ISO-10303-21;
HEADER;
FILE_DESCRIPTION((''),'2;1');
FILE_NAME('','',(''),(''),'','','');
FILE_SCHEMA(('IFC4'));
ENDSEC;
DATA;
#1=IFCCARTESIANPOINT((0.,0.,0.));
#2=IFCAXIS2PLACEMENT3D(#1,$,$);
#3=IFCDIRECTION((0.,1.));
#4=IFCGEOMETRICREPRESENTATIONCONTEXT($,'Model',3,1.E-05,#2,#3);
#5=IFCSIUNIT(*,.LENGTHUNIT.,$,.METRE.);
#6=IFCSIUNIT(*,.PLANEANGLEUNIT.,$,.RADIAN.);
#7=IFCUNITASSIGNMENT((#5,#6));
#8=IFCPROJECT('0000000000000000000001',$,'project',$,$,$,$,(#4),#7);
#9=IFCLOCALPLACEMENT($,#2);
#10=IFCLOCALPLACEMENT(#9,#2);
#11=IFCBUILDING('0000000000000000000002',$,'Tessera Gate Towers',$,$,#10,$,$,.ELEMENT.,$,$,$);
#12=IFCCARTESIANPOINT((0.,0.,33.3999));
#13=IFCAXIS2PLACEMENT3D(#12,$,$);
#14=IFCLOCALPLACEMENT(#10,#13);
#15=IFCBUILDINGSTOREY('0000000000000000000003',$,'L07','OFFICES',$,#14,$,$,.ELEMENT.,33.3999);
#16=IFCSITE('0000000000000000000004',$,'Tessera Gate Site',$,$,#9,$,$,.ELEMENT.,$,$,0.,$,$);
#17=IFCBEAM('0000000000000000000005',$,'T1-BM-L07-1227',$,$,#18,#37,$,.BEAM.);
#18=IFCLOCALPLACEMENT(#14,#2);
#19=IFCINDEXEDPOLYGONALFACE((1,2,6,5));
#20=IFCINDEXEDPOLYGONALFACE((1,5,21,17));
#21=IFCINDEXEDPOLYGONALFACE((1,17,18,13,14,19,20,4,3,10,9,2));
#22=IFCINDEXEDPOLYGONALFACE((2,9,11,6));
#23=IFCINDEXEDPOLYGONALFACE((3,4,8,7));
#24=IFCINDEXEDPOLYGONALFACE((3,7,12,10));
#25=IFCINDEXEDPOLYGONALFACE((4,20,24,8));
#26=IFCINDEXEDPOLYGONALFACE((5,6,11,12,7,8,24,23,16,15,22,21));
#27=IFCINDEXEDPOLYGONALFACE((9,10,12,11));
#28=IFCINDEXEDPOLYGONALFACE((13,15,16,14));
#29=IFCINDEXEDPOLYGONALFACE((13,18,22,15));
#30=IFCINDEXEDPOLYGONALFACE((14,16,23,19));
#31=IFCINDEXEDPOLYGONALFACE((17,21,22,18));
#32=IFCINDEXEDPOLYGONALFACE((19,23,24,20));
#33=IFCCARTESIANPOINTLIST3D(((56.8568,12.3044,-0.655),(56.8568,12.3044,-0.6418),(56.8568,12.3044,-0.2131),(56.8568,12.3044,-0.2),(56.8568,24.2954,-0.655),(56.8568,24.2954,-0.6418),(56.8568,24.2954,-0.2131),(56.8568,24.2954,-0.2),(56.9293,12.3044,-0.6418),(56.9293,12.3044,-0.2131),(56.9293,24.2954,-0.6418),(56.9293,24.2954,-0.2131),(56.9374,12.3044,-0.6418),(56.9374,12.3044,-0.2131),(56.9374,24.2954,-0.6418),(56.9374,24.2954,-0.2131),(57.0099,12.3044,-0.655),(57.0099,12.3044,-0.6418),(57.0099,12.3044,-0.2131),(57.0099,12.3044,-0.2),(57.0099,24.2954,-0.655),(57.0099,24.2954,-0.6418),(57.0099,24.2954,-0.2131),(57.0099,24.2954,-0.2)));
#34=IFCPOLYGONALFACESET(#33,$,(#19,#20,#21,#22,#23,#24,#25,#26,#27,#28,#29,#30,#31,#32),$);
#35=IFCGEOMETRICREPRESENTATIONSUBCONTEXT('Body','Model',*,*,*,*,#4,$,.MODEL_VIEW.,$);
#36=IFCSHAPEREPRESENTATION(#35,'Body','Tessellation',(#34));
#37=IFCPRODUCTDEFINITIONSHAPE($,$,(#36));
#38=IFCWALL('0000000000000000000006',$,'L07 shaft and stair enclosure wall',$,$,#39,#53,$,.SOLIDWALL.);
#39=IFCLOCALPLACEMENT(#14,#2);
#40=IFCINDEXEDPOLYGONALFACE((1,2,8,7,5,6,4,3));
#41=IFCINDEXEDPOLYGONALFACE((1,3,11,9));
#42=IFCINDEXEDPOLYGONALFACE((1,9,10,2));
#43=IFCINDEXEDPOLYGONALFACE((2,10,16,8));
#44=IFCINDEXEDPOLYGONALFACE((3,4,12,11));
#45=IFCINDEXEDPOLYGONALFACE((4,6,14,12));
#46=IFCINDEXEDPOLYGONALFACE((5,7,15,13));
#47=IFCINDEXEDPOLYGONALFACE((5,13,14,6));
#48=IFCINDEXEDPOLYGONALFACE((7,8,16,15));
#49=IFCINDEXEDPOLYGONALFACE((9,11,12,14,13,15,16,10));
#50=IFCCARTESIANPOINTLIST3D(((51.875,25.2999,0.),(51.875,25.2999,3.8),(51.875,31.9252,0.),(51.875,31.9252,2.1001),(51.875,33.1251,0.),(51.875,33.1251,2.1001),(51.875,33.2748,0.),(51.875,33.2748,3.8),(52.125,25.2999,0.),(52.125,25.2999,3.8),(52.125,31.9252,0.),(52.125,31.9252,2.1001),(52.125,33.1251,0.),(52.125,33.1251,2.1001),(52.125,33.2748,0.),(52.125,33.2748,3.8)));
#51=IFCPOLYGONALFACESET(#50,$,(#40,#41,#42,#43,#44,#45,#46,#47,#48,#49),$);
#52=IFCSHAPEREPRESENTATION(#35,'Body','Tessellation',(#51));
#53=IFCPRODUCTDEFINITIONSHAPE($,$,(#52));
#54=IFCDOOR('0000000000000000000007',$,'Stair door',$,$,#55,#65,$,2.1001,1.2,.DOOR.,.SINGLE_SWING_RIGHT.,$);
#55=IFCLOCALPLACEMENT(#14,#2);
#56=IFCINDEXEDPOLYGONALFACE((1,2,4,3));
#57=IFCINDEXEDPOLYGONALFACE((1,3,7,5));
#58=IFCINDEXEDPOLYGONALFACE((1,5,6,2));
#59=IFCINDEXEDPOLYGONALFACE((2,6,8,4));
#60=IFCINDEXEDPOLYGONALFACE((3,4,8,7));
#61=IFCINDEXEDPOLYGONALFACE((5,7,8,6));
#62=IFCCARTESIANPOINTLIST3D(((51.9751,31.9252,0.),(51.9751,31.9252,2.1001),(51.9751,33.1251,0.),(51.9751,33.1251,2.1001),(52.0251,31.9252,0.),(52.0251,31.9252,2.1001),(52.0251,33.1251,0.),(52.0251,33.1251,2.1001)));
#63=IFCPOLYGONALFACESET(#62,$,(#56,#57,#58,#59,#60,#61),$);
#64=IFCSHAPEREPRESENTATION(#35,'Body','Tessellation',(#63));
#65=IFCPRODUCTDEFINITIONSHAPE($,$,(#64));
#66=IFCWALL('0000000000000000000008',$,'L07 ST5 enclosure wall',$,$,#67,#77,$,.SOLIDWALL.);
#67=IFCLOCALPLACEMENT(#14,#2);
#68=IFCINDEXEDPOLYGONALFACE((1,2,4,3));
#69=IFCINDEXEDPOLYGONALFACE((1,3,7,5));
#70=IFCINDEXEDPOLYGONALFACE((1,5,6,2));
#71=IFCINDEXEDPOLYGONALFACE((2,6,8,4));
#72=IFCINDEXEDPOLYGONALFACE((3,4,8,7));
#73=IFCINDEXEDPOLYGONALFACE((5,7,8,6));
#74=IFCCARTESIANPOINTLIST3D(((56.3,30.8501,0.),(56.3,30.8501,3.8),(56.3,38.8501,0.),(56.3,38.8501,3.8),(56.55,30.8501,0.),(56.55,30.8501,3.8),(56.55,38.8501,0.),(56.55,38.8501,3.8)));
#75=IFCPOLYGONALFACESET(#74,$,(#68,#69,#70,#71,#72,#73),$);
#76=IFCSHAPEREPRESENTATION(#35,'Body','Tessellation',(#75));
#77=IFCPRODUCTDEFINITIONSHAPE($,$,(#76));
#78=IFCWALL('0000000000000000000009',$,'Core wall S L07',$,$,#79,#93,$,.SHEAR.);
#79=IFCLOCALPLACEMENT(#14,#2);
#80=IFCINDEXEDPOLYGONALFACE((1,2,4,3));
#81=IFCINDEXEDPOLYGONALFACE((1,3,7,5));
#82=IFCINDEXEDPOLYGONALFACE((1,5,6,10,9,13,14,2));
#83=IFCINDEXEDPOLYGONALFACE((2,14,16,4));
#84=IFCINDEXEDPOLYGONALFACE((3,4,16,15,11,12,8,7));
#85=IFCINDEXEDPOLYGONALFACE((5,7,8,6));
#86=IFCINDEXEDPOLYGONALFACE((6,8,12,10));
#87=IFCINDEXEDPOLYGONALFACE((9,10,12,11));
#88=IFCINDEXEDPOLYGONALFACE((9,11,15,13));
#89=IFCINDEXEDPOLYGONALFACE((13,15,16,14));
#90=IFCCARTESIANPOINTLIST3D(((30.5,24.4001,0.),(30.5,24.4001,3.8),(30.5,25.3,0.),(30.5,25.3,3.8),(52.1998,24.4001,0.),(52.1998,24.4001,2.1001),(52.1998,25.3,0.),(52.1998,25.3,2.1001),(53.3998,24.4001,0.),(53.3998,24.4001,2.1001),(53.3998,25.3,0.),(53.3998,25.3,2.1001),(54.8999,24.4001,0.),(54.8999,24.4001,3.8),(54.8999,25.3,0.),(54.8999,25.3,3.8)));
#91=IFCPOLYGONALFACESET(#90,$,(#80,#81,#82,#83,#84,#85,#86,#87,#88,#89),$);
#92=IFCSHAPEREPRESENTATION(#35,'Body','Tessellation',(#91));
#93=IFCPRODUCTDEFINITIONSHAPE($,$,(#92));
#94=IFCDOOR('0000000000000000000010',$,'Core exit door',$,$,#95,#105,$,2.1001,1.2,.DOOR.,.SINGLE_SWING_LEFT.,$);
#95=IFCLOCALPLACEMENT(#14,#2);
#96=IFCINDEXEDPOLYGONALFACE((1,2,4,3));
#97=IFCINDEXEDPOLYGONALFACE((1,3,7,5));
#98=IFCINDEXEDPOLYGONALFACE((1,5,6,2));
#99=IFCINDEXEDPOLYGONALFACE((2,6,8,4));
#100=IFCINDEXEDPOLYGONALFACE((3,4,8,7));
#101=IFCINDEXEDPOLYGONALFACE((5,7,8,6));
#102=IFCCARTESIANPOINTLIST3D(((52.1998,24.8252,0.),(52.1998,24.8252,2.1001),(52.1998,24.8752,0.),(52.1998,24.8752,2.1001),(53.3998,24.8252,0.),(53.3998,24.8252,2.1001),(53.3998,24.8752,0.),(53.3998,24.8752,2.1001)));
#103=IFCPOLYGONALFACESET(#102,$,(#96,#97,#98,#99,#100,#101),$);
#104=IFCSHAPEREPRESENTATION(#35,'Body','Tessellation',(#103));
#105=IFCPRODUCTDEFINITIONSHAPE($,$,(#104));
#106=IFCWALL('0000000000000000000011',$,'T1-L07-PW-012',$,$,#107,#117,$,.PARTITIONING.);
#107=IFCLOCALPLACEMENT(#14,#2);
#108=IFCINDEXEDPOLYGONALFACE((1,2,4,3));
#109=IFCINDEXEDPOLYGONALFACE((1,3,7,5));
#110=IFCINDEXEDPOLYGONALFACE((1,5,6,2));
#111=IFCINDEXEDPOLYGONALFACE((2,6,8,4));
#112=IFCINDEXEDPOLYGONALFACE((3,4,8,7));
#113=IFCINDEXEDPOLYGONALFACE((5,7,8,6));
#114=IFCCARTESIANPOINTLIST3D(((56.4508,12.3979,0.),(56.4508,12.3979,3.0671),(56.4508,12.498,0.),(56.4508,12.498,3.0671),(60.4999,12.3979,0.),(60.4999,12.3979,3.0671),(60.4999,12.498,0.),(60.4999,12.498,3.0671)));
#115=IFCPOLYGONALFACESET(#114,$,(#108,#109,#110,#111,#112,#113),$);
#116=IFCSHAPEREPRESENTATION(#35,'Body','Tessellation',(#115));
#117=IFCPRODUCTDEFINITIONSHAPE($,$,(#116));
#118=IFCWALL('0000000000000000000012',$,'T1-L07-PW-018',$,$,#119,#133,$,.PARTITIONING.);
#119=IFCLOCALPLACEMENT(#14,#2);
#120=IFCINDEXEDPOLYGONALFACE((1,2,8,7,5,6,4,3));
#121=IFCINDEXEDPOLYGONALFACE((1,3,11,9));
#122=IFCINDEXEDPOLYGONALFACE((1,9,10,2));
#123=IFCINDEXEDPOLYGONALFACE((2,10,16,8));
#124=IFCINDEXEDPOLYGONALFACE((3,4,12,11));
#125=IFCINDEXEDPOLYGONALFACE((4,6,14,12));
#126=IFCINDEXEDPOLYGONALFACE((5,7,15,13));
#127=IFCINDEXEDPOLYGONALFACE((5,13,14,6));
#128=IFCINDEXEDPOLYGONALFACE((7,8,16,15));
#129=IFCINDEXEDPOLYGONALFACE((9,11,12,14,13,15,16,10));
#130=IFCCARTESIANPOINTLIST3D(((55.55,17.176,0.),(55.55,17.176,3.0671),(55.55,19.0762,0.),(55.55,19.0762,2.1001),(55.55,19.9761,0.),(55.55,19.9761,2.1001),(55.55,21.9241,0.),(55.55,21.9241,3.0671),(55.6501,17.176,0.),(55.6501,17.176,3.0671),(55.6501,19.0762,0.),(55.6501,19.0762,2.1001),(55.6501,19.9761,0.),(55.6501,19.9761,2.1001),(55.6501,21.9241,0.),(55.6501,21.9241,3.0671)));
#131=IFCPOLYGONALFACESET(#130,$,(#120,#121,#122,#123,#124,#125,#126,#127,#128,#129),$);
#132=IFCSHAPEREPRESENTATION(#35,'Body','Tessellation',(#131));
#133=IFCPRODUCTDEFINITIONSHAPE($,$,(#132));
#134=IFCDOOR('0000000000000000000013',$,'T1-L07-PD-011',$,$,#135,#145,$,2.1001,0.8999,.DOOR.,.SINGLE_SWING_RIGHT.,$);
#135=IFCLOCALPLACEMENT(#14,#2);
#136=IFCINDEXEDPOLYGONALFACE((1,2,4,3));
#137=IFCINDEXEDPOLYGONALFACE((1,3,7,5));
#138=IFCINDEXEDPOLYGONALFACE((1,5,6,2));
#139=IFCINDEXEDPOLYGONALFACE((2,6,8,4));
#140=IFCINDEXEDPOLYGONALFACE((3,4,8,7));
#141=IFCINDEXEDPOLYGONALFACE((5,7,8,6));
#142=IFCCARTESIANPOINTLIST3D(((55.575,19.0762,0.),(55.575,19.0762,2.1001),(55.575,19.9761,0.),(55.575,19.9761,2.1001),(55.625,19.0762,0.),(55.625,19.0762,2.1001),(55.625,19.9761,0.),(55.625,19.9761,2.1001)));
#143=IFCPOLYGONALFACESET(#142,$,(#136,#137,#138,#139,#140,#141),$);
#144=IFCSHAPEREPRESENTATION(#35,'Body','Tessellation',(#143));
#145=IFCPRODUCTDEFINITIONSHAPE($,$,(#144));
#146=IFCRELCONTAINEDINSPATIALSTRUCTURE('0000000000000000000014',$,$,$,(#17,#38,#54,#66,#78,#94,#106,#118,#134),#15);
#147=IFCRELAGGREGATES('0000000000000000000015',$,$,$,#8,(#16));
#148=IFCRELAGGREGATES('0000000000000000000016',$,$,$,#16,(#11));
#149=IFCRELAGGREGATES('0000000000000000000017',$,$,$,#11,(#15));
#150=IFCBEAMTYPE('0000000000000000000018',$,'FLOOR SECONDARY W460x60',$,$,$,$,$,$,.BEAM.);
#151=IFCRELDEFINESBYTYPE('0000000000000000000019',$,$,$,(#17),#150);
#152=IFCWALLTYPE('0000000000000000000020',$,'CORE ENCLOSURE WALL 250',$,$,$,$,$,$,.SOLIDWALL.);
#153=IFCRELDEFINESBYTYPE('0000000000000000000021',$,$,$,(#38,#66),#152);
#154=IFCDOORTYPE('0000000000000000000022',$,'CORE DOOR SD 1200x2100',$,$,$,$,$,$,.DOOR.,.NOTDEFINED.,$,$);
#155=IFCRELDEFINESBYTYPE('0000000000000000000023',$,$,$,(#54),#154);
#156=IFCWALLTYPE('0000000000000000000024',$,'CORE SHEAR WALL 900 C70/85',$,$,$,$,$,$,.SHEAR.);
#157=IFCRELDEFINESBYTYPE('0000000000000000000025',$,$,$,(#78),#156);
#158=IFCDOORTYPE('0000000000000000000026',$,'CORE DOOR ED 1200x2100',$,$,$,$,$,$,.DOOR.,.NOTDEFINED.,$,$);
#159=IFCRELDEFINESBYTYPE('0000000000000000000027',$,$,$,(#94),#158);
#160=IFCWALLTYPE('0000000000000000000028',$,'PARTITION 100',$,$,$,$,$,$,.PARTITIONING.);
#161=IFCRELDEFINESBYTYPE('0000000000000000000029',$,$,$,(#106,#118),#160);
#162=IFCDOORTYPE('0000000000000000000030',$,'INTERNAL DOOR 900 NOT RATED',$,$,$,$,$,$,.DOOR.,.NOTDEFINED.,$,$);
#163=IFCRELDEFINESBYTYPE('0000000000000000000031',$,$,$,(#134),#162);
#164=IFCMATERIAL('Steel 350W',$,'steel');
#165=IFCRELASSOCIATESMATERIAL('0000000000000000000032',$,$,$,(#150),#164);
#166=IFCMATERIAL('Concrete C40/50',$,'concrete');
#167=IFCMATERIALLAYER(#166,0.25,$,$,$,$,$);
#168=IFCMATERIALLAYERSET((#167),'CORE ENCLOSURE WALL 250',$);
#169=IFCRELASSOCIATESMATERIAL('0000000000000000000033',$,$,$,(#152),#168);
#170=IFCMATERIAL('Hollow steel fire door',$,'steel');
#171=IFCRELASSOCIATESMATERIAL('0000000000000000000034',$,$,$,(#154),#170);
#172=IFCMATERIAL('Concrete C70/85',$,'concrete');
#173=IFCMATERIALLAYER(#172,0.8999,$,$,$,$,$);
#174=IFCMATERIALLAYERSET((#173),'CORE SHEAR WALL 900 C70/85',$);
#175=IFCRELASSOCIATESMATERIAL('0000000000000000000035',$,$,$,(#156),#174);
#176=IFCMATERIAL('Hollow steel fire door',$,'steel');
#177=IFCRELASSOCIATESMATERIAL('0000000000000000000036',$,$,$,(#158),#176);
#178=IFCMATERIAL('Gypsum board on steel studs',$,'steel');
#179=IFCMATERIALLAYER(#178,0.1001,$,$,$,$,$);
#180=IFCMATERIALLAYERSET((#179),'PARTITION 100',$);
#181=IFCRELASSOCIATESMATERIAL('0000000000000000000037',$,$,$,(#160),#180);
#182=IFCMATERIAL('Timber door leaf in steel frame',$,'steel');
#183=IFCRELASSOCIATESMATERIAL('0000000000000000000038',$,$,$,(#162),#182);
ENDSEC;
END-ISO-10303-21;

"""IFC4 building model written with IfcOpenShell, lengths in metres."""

from ifc_helpers import new_model, si_unit, direction, frame, frame_2d, origin, origin_2d, place, context, subcontext, project, spatial, rectangle, i_section, extrude, source, transform, mapped, material, layer, layer_set, material_profile, profile_set, type_object, element, fill, save


model = new_model("IFC4")

# Units and contexts
model_context = context("Model", 3, precision=1e-05, world=origin(), true_north=direction((0.0, 1.0)))
body_context = subcontext(model_context, "Body", "Model", "MODEL_VIEW")
ifc_project = project(units=[si_unit("LENGTHUNIT", "METRE"), si_unit("PLANEANGLEUNIT", "RADIAN")], contexts=[model_context])

# Site, building, storey
site_placement = place(None, origin())
site = spatial("IfcSite", under=ifc_project, at=site_placement, Name="Tessera Gate Site", CompositionType="ELEMENT", RefElevation=0.0)
building_placement = place(site_placement, origin())
building = spatial("IfcBuilding", under=site, at=building_placement, Name="Tessera Gate Towers", CompositionType="ELEMENT")
storey_placement = place(building_placement, frame((0.0, 0.0, 33.3999)))
storey = spatial("IfcBuildingStorey", under=building, at=storey_placement, Name="L07", Description="OFFICES", CompositionType="ELEMENT", Elevation=33.3999)

# Beam
ifc_material_1 = material(Name="Steel 350W", Category="steel")
ifc_material_profile_1 = material_profile(ifc_material_1, i_section(OverallWidth=0.1531, OverallDepth=0.4551, WebThickness=0.0081, FlangeThickness=0.0132, at=origin_2d()), Name="W460x60")
ifc_profile_set_1 = profile_set([ifc_material_profile_1], Name="Steel 350W")
beam_type_1 = type_object("IfcBeamType", Name="FLOOR SECONDARY W460x60", PredefinedType="BEAM", material=ifc_profile_set_1)
beam_1_placement = place(storey_placement, frame((56.9333, 12.3044, -0.4275), z_axis=(0.0, 1.0, 0.0), x_axis=(-1.0, 0.0, 0.0)))
element("IfcBeam", 1, at=beam_1_placement, inside=storey, type_object=beam_type_1, Name="T1-BM-L07-1227", PredefinedType="BEAM", context=body_context, shape_type="SweptSolid", body=[
    extrude(i_section(OverallWidth=0.1531, OverallDepth=0.4551, WebThickness=0.0081, FlangeThickness=0.0132, at=origin_2d()), origin(), (0.0, 0.0, 1.0), 11.991),
])

# Wall, opening, door
ifc_material_2 = material(Name="Concrete C40/50", Category="concrete")
ifc_layer_1 = layer(ifc_material_2, 0.25)
ifc_layer_set_1 = layer_set([ifc_layer_1], Name="CORE ENCLOSURE WALL 250")
wall_type_1 = type_object("IfcWallType", Name="CORE ENCLOSURE WALL 250", PredefinedType="SOLIDWALL", material=ifc_layer_set_1)
wall_1_placement = place(storey_placement, frame((52.0, 25.3, 0.0), z_axis=(0.0, 0.0, 1.0), x_axis=(0.0, 1.0, 0.0)))
wall_1 = element("IfcWall", 2, at=wall_1_placement, inside=storey, type_object=wall_type_1, Name="L07 shaft and stair enclosure wall", PredefinedType="SOLIDWALL", context=body_context, shape_type="SweptSolid", body=[
    extrude(rectangle(XDim=7.9749, YDim=0.25, at=frame_2d((3.9873, 0.0))), origin(), (0.0, 0.0, 1.0), 3.8),
])
shared_shape_1 = source(origin(), body_context, "Body", "SweptSolid", [
    extrude(rectangle(XDim=1.2, YDim=2.1001, at=frame_2d((0.6001, 1.05))), frame((0.0, 0.135, 0.0), z_axis=(0.0, -1.0, 0.0), x_axis=(1.0, 0.0, 0.0)), (0.0, 0.0, 1.0), 0.27),
])
opening_1_placement = place(wall_1_placement, frame((6.625, 0.0, 0.0)))
opening_1 = element("IfcOpeningElement", 3, at=opening_1_placement, cuts=wall_1, PredefinedType="OPENING", context=body_context, shape_type="MappedRepresentation", body=[
    mapped(shared_shape_1, transform((0.0, 0.0, 0.0), scale=1.0)),
])
ifc_material_3 = material(Name="Hollow steel fire door", Category="steel")
door_type_1 = type_object("IfcDoorType", Name="CORE DOOR SD 1200x2100", OperationType="NOTDEFINED", PredefinedType="DOOR", material=ifc_material_3)
shared_shape_2 = source(origin(), body_context, "Body", "SweptSolid", [
    extrude(rectangle(XDim=1.2, YDim=2.1001, at=frame_2d((0.6001, 1.05))), frame((0.0, 0.0249, 0.0), z_axis=(0.0, -1.0, 0.0), x_axis=(1.0, 0.0, 0.0)), (0.0, 0.0, 1.0), 0.05),
])
door_1_placement = place(opening_1_placement, origin())
door_1 = element("IfcDoor", 4, at=door_1_placement, inside=storey, type_object=door_type_1, Name="Stair door", OperationType="SINGLE_SWING_RIGHT", OverallHeight=2.1001, OverallWidth=1.2, PredefinedType="DOOR", context=body_context, shape_type="MappedRepresentation", body=[
    mapped(shared_shape_2, transform((0.0, 0.0, 0.0), scale=1.0)),
])
fill(opening_1, door_1)

# Wall
wall_2_placement = place(storey_placement, frame((56.425, 30.8501, 0.0), z_axis=(0.0, 0.0, 1.0), x_axis=(0.0, 1.0, 0.0)))
element("IfcWall", 5, at=wall_2_placement, inside=storey, type_object=wall_type_1, Name="L07 ST5 enclosure wall", PredefinedType="SOLIDWALL", context=body_context, shape_type="SweptSolid", body=[
    extrude(rectangle(XDim=8.0, YDim=0.25, at=frame_2d((4.0, 0.0))), origin(), (0.0, 0.0, 1.0), 3.8),
])

# Wall, opening, door
ifc_material_4 = material(Name="Concrete C70/85", Category="concrete")
ifc_layer_2 = layer(ifc_material_4, 0.8999)
ifc_layer_set_2 = layer_set([ifc_layer_2], Name="CORE SHEAR WALL 900 C70/85")
wall_type_2 = type_object("IfcWallType", Name="CORE SHEAR WALL 900 C70/85", PredefinedType="SHEAR", material=ifc_layer_set_2)
wall_3_placement = place(storey_placement, frame((54.8999, 24.8501, 0.0), z_axis=(0.0, 0.0, 1.0), x_axis=(-1.0, 0.0, 0.0)))
wall_3 = element("IfcWall", 6, at=wall_3_placement, inside=storey, type_object=wall_type_2, Name="Core wall S L07", PredefinedType="SHEAR", context=body_context, shape_type="SweptSolid", body=[
    extrude(rectangle(XDim=24.3999, YDim=0.8999, at=frame_2d((12.2, 0.0))), origin(), (0.0, 0.0, 1.0), 3.8),
])
shared_shape_3 = source(origin(), body_context, "Body", "SweptSolid", [
    extrude(rectangle(XDim=1.2, YDim=2.1001, at=frame_2d((0.6001, 1.05))), frame((0.0, 0.46, 0.0), z_axis=(0.0, -1.0, 0.0), x_axis=(1.0, 0.0, 0.0)), (0.0, 0.0, 1.0), 0.9199),
])
opening_2_placement = place(wall_3_placement, frame((1.5, 0.0, 0.0)))
opening_2 = element("IfcOpeningElement", 7, at=opening_2_placement, cuts=wall_3, PredefinedType="OPENING", context=body_context, shape_type="MappedRepresentation", body=[
    mapped(shared_shape_3, transform((0.0, 0.0, 0.0), scale=1.0)),
])
ifc_material_5 = material(Name="Hollow steel fire door", Category="steel")
door_type_2 = type_object("IfcDoorType", Name="CORE DOOR ED 1200x2100", OperationType="NOTDEFINED", PredefinedType="DOOR", material=ifc_material_5)
door_2_placement = place(opening_2_placement, origin())
door_2 = element("IfcDoor", 8, at=door_2_placement, inside=storey, type_object=door_type_2, Name="Core exit door", OperationType="SINGLE_SWING_LEFT", OverallHeight=2.1001, OverallWidth=1.2, PredefinedType="DOOR", context=body_context, shape_type="MappedRepresentation", body=[
    mapped(shared_shape_2, transform((0.0, 0.0, 0.0), scale=1.0)),
])
fill(opening_2, door_2)

# Wall
ifc_material_6 = material(Name="Gypsum board on steel studs", Category="steel")
ifc_layer_3 = layer(ifc_material_6, 0.1001)
ifc_layer_set_3 = layer_set([ifc_layer_3], Name="PARTITION 100")
wall_type_3 = type_object("IfcWallType", Name="PARTITION 100", PredefinedType="PARTITIONING", material=ifc_layer_set_3)
wall_4_placement = place(storey_placement, frame((56.4509, 12.448, 0.0), z_axis=(0.0, 0.0, 1.0), x_axis=(1.0, 0.0, 0.0)))
element("IfcWall", 9, at=wall_4_placement, inside=storey, type_object=wall_type_3, Name="T1-L07-PW-012", PredefinedType="PARTITIONING", context=body_context, shape_type="SweptSolid", body=[
    extrude(rectangle(XDim=4.0491, YDim=0.1001, at=frame_2d((2.0244, 0.0))), origin(), (0.0, 0.0, 1.0), 3.0671),
])

# Wall, opening, door
wall_5_placement = place(storey_placement, frame((55.6001, 21.9241, 0.0), z_axis=(0.0, 0.0, 1.0), x_axis=(0.0, -1.0, 0.0)))
wall_5 = element("IfcWall", 10, at=wall_5_placement, inside=storey, type_object=wall_type_3, Name="T1-L07-PW-018", PredefinedType="PARTITIONING", context=body_context, shape_type="SweptSolid", body=[
    extrude(rectangle(XDim=4.748, YDim=0.1001, at=frame_2d((2.374, 0.0))), origin(), (0.0, 0.0, 1.0), 3.0671),
])
shared_shape_4 = source(origin(), body_context, "Body", "SweptSolid", [
    extrude(rectangle(XDim=0.8999, YDim=2.1001, at=frame_2d((0.45, 1.05))), frame((0.0, 0.0601, 0.0), z_axis=(0.0, -1.0, 0.0), x_axis=(1.0, 0.0, 0.0)), (0.0, 0.0, 1.0), 0.1201),
])
opening_3_placement = place(wall_5_placement, frame((1.948, 0.0, 0.0)))
opening_3 = element("IfcOpeningElement", 11, at=opening_3_placement, cuts=wall_5, PredefinedType="OPENING", context=body_context, shape_type="MappedRepresentation", body=[
    mapped(shared_shape_4, transform((0.0, 0.0, 0.0), scale=1.0)),
])
ifc_material_7 = material(Name="Timber door leaf in steel frame", Category="steel")
door_type_3 = type_object("IfcDoorType", Name="INTERNAL DOOR 900 NOT RATED", OperationType="NOTDEFINED", PredefinedType="DOOR", material=ifc_material_7)
shared_shape_5 = source(origin(), body_context, "Body", "SweptSolid", [
    extrude(rectangle(XDim=0.8999, YDim=2.1001, at=frame_2d((0.45, 1.05))), frame((0.0, 0.0249, 0.0), z_axis=(0.0, -1.0, 0.0), x_axis=(1.0, 0.0, 0.0)), (0.0, 0.0, 1.0), 0.05),
])
door_3_placement = place(opening_3_placement, origin())
door_3 = element("IfcDoor", 12, at=door_3_placement, inside=storey, type_object=door_type_3, Name="T1-L07-PD-011", OperationType="SINGLE_SWING_RIGHT", OverallHeight=2.1001, OverallWidth=0.8999, PredefinedType="DOOR", context=body_context, shape_type="MappedRepresentation", body=[
    mapped(shared_shape_5, transform((0.0, 0.0, 0.0), scale=1.0)),
])
fill(opening_3, door_3)

save(model, "model.ifc")
